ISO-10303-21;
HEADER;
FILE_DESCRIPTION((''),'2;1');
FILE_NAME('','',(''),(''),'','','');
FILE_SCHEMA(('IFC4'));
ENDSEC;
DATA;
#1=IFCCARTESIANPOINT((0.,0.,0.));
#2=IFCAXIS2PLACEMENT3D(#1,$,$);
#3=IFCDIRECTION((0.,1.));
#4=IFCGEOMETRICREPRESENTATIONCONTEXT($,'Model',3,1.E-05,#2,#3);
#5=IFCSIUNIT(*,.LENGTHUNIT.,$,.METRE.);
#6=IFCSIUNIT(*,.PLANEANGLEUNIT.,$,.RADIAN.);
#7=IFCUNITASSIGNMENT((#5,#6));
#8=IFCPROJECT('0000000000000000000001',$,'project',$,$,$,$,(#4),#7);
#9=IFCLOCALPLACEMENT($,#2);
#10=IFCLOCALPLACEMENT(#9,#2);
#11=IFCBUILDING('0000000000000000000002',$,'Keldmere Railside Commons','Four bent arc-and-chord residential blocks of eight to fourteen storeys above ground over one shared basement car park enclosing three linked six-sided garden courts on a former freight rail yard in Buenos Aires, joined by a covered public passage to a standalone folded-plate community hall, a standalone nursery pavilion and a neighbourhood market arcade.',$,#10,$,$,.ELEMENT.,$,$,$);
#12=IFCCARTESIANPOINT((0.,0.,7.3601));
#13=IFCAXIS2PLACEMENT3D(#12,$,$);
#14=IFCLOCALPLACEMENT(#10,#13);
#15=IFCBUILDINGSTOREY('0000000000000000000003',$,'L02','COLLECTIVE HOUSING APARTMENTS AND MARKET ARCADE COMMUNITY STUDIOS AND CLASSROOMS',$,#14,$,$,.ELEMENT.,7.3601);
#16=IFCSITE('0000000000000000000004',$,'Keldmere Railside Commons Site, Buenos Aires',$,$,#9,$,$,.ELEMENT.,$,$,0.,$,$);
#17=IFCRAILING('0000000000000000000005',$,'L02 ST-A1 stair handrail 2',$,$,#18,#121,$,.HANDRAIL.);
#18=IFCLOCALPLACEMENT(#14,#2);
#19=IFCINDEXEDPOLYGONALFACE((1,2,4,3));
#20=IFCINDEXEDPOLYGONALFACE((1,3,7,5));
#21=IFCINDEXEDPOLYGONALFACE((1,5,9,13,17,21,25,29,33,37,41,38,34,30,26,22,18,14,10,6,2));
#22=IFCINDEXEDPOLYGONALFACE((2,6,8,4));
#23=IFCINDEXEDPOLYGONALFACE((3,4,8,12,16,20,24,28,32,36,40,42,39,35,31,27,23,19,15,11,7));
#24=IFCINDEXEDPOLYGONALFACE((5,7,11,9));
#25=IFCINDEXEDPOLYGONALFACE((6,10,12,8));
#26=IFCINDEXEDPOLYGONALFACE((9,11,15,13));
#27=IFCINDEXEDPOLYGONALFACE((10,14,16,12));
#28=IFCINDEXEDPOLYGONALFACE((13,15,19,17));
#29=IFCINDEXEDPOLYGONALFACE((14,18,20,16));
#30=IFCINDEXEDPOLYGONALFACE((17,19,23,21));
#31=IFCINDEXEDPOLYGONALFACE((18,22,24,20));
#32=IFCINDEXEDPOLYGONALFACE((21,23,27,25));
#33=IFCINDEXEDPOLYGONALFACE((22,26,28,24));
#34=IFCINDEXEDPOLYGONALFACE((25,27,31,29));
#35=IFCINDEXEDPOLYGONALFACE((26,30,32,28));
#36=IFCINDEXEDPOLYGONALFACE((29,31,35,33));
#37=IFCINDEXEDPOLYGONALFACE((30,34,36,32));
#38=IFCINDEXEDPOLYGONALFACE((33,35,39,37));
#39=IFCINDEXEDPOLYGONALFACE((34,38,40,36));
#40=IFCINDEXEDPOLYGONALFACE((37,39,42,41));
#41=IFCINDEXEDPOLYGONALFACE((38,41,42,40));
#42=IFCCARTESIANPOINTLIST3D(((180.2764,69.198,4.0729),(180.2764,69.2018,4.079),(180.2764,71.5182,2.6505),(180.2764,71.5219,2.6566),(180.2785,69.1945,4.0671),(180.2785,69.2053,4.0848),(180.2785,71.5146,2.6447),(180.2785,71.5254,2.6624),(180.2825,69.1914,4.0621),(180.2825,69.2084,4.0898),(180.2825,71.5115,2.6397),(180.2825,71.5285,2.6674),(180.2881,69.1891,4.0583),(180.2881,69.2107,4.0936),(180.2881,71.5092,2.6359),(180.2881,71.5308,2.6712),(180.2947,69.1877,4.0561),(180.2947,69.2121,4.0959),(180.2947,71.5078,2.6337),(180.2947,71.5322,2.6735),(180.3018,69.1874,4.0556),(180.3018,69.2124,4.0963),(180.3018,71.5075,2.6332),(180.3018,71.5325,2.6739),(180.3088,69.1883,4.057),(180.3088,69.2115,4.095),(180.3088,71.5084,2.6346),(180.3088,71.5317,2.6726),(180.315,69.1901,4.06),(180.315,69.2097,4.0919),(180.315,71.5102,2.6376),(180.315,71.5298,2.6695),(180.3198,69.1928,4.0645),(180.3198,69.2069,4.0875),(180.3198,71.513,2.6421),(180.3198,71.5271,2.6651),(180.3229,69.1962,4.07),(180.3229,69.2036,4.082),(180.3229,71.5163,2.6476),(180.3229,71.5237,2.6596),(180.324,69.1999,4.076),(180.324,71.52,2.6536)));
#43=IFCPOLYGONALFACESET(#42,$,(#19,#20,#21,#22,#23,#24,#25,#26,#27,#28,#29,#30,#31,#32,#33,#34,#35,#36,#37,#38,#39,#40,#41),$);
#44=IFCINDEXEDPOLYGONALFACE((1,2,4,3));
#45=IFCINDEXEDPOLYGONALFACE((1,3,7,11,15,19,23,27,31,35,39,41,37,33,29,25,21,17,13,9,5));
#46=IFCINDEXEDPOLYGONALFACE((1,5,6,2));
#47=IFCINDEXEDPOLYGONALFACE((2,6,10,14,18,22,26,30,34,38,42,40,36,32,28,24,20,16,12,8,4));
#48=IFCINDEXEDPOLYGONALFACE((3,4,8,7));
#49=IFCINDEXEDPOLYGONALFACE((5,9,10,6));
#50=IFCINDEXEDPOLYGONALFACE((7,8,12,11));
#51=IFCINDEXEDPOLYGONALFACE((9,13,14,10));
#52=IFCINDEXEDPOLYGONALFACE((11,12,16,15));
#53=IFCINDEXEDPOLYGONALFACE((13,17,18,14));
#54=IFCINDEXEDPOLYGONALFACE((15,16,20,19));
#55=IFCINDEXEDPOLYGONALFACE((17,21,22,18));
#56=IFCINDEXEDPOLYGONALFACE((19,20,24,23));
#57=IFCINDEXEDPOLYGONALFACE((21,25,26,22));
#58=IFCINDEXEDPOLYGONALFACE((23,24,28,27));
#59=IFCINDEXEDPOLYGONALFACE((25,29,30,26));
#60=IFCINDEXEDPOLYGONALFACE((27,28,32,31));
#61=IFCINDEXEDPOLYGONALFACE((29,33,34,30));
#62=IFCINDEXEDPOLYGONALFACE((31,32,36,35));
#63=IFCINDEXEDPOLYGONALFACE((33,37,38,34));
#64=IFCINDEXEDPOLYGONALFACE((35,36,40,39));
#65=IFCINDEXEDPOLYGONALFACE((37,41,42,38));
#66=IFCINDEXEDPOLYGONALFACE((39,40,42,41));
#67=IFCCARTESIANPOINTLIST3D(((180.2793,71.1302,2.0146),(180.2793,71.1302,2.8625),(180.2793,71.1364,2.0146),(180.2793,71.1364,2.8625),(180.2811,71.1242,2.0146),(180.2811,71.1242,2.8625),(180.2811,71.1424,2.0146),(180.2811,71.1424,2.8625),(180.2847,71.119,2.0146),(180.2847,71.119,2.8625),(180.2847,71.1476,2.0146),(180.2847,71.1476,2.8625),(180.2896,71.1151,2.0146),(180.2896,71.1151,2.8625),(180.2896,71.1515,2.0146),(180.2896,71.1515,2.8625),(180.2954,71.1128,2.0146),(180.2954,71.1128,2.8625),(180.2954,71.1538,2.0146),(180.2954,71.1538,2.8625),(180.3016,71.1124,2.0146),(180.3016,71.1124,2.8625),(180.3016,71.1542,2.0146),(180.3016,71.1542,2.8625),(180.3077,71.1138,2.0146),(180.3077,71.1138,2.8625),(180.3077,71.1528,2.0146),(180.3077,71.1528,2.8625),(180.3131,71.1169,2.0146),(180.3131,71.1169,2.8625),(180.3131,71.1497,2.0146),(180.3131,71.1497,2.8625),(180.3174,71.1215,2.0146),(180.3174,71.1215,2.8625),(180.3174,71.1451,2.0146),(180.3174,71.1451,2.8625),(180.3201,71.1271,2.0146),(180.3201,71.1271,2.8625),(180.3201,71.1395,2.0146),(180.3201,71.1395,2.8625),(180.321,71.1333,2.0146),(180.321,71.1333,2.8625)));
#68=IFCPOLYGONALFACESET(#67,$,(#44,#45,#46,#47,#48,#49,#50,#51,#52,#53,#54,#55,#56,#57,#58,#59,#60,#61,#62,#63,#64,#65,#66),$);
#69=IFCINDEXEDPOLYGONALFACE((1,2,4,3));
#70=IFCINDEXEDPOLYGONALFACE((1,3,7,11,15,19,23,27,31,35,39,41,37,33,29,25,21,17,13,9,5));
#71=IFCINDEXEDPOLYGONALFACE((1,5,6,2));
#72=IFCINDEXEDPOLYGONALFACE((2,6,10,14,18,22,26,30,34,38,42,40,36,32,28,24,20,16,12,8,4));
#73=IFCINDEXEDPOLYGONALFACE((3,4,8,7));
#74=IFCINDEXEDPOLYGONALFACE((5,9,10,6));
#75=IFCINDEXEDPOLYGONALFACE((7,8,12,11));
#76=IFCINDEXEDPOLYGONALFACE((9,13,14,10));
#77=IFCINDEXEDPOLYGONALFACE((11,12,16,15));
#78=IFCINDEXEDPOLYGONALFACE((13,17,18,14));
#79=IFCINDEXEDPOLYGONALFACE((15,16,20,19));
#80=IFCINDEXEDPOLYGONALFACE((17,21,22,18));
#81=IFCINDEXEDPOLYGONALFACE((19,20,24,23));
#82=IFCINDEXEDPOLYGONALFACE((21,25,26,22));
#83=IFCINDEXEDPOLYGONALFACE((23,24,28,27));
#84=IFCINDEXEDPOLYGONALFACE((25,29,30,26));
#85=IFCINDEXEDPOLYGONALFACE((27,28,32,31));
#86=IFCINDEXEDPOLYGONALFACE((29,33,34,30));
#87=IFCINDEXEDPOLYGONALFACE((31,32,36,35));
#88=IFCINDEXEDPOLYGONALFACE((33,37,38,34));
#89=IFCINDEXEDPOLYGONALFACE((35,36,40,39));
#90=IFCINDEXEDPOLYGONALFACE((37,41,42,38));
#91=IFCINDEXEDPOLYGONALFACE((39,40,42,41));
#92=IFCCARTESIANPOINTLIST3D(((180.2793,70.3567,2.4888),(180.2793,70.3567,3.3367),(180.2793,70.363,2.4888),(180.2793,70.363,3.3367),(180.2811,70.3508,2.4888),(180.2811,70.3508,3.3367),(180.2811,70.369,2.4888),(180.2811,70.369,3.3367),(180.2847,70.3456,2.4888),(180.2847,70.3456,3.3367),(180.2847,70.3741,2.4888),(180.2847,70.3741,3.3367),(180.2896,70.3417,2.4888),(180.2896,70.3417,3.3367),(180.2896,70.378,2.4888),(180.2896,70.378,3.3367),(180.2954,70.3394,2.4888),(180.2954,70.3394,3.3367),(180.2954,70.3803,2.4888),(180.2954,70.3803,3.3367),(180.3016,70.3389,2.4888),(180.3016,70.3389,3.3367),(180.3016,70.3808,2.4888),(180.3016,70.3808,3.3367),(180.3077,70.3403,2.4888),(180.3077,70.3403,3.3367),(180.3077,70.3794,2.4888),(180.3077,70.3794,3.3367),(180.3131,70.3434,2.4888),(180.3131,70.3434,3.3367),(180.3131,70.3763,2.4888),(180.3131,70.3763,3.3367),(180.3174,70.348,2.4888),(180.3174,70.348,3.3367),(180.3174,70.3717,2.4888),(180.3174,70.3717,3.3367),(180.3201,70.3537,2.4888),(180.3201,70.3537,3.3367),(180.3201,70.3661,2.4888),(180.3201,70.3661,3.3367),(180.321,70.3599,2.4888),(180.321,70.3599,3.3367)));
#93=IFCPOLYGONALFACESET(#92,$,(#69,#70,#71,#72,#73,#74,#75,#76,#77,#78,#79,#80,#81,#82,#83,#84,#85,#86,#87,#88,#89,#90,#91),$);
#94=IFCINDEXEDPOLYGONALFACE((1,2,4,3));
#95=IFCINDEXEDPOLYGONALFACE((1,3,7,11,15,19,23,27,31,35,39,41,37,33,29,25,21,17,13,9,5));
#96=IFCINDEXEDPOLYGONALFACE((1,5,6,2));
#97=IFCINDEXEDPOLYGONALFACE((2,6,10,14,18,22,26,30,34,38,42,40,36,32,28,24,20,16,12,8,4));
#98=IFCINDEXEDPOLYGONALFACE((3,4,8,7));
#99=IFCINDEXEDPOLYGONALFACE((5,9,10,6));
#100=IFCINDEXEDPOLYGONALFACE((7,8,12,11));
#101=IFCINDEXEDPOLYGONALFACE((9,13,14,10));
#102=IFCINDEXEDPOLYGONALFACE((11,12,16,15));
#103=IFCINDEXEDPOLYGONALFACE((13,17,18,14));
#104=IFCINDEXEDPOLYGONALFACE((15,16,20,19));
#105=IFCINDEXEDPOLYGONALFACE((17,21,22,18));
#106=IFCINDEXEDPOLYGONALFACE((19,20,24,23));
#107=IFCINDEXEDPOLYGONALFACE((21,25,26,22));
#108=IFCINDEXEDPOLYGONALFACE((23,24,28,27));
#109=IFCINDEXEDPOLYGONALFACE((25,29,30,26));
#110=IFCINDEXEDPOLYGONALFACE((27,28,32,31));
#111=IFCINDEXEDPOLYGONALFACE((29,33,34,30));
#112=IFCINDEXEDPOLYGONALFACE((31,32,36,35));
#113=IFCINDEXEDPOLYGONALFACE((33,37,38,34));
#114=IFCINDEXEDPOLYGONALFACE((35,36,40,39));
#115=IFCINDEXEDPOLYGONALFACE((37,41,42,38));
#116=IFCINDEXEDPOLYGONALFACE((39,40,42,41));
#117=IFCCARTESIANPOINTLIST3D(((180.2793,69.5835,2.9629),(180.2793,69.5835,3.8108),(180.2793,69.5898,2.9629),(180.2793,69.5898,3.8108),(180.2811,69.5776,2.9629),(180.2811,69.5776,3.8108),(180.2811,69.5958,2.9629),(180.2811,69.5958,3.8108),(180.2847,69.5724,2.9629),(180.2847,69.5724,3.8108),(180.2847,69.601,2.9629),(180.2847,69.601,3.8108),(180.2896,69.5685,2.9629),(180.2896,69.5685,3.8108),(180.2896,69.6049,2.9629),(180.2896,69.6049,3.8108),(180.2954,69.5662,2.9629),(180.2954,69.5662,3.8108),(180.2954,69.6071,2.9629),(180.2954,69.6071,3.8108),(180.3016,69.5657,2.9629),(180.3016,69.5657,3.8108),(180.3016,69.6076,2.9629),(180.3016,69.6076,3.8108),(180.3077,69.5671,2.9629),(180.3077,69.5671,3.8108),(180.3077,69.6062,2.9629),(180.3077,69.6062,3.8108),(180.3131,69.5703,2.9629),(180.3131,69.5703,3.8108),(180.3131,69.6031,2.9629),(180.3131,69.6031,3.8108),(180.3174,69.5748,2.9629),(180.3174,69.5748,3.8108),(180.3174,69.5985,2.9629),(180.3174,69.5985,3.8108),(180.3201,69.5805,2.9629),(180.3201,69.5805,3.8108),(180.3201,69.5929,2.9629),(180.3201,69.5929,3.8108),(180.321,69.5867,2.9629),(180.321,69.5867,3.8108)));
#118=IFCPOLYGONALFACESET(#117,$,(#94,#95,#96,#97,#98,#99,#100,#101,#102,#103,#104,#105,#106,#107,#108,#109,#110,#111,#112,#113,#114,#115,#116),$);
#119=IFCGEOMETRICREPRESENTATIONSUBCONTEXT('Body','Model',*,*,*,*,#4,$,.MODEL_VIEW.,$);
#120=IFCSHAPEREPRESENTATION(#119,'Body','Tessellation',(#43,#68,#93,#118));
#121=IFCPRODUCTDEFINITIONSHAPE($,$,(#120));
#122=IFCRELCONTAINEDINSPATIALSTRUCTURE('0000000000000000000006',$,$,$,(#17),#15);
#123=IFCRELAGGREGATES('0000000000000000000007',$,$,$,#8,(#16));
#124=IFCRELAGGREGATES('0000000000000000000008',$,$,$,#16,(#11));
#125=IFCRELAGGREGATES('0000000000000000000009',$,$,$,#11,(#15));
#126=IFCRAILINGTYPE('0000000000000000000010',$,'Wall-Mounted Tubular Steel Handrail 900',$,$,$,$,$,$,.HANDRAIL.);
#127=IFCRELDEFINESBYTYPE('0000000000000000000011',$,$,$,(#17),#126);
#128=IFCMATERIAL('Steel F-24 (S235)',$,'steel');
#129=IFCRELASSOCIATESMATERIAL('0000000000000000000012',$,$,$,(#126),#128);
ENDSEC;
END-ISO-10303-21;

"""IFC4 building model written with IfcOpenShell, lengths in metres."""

from ifc_helpers import new_model, si_unit, direction, frame, origin, origin_2d, place, context, subcontext, project, spatial, circle, extrude, material, type_object, element, save


model = new_model("IFC4")

# Units and contexts
model_context = context("Model", 3, precision=1e-05, world=origin(), true_north=direction((0.0, 1.0)))
body_context = subcontext(model_context, "Body", "Model", "MODEL_VIEW")
ifc_project = project(units=[si_unit("LENGTHUNIT", "METRE"), si_unit("PLANEANGLEUNIT", "RADIAN")], contexts=[model_context])

# Site, building, storey
site_placement = place(None, origin())
site = spatial("IfcSite", under=ifc_project, at=site_placement, Name="Keldmere Railside Commons Site, Buenos Aires", CompositionType="ELEMENT", RefElevation=0.0)
building_placement = place(site_placement, origin())
building = spatial("IfcBuilding", under=site, at=building_placement, Name="Keldmere Railside Commons", Description="Four bent arc-and-chord residential blocks of eight to fourteen storeys above ground over one shared basement car park enclosing three linked six-sided garden courts on a former freight rail yard in Buenos Aires, joined by a covered public passage to a standalone folded-plate community hall, a standalone nursery pavilion and a neighbourhood market arcade.", CompositionType="ELEMENT")
storey_placement = place(building_placement, frame((0.0, 0.0, 7.3601)))
storey = spatial("IfcBuildingStorey", under=building, at=storey_placement, Name="L02", Description="COLLECTIVE HOUSING APARTMENTS AND MARKET ARCADE COMMUNITY STUDIOS AND CLASSROOMS", CompositionType="ELEMENT", Elevation=7.3601)

# Shared definitions
ifc_material_1 = material(Name="Steel F-24 (S235)", Category="steel")

# Railing
railing_type_1 = type_object("IfcRailingType", Name="Wall-Mounted Tubular Steel Handrail 900", PredefinedType="HANDRAIL", material=ifc_material_1)
railing_1_placement = place(storey_placement, frame((180.3, 71.52, 1.7776)))
element("IfcRailing", 1, at=railing_1_placement, inside=storey, type_object=railing_type_1, Name="L02 ST-A1 stair handrail 2", PredefinedType="HANDRAIL", context=body_context, shape_type="SweptSolid", body=[
    extrude(circle(Radius=0.0239, at=origin_2d()), frame((0.0, 0.0, 0.876), z_axis=(0.0, -0.852538, 0.522665), x_axis=(1.0, 0.0, 0.0)), (0.0, 0.0, 1.0), 2.7214),
    extrude(circle(Radius=0.021, at=origin_2d()), frame((0.0, -0.3867, 0.2371)), (0.0, 0.0, 1.0), 0.8479),
    extrude(circle(Radius=0.021, at=origin_2d()), frame((0.0, -1.1602, 0.7112)), (0.0, 0.0, 1.0), 0.8479),
    extrude(circle(Radius=0.021, at=origin_2d()), frame((0.0, -1.9333, 1.1853)), (0.0, 0.0, 1.0), 0.8479),
])

save(model, "model.ifc")
